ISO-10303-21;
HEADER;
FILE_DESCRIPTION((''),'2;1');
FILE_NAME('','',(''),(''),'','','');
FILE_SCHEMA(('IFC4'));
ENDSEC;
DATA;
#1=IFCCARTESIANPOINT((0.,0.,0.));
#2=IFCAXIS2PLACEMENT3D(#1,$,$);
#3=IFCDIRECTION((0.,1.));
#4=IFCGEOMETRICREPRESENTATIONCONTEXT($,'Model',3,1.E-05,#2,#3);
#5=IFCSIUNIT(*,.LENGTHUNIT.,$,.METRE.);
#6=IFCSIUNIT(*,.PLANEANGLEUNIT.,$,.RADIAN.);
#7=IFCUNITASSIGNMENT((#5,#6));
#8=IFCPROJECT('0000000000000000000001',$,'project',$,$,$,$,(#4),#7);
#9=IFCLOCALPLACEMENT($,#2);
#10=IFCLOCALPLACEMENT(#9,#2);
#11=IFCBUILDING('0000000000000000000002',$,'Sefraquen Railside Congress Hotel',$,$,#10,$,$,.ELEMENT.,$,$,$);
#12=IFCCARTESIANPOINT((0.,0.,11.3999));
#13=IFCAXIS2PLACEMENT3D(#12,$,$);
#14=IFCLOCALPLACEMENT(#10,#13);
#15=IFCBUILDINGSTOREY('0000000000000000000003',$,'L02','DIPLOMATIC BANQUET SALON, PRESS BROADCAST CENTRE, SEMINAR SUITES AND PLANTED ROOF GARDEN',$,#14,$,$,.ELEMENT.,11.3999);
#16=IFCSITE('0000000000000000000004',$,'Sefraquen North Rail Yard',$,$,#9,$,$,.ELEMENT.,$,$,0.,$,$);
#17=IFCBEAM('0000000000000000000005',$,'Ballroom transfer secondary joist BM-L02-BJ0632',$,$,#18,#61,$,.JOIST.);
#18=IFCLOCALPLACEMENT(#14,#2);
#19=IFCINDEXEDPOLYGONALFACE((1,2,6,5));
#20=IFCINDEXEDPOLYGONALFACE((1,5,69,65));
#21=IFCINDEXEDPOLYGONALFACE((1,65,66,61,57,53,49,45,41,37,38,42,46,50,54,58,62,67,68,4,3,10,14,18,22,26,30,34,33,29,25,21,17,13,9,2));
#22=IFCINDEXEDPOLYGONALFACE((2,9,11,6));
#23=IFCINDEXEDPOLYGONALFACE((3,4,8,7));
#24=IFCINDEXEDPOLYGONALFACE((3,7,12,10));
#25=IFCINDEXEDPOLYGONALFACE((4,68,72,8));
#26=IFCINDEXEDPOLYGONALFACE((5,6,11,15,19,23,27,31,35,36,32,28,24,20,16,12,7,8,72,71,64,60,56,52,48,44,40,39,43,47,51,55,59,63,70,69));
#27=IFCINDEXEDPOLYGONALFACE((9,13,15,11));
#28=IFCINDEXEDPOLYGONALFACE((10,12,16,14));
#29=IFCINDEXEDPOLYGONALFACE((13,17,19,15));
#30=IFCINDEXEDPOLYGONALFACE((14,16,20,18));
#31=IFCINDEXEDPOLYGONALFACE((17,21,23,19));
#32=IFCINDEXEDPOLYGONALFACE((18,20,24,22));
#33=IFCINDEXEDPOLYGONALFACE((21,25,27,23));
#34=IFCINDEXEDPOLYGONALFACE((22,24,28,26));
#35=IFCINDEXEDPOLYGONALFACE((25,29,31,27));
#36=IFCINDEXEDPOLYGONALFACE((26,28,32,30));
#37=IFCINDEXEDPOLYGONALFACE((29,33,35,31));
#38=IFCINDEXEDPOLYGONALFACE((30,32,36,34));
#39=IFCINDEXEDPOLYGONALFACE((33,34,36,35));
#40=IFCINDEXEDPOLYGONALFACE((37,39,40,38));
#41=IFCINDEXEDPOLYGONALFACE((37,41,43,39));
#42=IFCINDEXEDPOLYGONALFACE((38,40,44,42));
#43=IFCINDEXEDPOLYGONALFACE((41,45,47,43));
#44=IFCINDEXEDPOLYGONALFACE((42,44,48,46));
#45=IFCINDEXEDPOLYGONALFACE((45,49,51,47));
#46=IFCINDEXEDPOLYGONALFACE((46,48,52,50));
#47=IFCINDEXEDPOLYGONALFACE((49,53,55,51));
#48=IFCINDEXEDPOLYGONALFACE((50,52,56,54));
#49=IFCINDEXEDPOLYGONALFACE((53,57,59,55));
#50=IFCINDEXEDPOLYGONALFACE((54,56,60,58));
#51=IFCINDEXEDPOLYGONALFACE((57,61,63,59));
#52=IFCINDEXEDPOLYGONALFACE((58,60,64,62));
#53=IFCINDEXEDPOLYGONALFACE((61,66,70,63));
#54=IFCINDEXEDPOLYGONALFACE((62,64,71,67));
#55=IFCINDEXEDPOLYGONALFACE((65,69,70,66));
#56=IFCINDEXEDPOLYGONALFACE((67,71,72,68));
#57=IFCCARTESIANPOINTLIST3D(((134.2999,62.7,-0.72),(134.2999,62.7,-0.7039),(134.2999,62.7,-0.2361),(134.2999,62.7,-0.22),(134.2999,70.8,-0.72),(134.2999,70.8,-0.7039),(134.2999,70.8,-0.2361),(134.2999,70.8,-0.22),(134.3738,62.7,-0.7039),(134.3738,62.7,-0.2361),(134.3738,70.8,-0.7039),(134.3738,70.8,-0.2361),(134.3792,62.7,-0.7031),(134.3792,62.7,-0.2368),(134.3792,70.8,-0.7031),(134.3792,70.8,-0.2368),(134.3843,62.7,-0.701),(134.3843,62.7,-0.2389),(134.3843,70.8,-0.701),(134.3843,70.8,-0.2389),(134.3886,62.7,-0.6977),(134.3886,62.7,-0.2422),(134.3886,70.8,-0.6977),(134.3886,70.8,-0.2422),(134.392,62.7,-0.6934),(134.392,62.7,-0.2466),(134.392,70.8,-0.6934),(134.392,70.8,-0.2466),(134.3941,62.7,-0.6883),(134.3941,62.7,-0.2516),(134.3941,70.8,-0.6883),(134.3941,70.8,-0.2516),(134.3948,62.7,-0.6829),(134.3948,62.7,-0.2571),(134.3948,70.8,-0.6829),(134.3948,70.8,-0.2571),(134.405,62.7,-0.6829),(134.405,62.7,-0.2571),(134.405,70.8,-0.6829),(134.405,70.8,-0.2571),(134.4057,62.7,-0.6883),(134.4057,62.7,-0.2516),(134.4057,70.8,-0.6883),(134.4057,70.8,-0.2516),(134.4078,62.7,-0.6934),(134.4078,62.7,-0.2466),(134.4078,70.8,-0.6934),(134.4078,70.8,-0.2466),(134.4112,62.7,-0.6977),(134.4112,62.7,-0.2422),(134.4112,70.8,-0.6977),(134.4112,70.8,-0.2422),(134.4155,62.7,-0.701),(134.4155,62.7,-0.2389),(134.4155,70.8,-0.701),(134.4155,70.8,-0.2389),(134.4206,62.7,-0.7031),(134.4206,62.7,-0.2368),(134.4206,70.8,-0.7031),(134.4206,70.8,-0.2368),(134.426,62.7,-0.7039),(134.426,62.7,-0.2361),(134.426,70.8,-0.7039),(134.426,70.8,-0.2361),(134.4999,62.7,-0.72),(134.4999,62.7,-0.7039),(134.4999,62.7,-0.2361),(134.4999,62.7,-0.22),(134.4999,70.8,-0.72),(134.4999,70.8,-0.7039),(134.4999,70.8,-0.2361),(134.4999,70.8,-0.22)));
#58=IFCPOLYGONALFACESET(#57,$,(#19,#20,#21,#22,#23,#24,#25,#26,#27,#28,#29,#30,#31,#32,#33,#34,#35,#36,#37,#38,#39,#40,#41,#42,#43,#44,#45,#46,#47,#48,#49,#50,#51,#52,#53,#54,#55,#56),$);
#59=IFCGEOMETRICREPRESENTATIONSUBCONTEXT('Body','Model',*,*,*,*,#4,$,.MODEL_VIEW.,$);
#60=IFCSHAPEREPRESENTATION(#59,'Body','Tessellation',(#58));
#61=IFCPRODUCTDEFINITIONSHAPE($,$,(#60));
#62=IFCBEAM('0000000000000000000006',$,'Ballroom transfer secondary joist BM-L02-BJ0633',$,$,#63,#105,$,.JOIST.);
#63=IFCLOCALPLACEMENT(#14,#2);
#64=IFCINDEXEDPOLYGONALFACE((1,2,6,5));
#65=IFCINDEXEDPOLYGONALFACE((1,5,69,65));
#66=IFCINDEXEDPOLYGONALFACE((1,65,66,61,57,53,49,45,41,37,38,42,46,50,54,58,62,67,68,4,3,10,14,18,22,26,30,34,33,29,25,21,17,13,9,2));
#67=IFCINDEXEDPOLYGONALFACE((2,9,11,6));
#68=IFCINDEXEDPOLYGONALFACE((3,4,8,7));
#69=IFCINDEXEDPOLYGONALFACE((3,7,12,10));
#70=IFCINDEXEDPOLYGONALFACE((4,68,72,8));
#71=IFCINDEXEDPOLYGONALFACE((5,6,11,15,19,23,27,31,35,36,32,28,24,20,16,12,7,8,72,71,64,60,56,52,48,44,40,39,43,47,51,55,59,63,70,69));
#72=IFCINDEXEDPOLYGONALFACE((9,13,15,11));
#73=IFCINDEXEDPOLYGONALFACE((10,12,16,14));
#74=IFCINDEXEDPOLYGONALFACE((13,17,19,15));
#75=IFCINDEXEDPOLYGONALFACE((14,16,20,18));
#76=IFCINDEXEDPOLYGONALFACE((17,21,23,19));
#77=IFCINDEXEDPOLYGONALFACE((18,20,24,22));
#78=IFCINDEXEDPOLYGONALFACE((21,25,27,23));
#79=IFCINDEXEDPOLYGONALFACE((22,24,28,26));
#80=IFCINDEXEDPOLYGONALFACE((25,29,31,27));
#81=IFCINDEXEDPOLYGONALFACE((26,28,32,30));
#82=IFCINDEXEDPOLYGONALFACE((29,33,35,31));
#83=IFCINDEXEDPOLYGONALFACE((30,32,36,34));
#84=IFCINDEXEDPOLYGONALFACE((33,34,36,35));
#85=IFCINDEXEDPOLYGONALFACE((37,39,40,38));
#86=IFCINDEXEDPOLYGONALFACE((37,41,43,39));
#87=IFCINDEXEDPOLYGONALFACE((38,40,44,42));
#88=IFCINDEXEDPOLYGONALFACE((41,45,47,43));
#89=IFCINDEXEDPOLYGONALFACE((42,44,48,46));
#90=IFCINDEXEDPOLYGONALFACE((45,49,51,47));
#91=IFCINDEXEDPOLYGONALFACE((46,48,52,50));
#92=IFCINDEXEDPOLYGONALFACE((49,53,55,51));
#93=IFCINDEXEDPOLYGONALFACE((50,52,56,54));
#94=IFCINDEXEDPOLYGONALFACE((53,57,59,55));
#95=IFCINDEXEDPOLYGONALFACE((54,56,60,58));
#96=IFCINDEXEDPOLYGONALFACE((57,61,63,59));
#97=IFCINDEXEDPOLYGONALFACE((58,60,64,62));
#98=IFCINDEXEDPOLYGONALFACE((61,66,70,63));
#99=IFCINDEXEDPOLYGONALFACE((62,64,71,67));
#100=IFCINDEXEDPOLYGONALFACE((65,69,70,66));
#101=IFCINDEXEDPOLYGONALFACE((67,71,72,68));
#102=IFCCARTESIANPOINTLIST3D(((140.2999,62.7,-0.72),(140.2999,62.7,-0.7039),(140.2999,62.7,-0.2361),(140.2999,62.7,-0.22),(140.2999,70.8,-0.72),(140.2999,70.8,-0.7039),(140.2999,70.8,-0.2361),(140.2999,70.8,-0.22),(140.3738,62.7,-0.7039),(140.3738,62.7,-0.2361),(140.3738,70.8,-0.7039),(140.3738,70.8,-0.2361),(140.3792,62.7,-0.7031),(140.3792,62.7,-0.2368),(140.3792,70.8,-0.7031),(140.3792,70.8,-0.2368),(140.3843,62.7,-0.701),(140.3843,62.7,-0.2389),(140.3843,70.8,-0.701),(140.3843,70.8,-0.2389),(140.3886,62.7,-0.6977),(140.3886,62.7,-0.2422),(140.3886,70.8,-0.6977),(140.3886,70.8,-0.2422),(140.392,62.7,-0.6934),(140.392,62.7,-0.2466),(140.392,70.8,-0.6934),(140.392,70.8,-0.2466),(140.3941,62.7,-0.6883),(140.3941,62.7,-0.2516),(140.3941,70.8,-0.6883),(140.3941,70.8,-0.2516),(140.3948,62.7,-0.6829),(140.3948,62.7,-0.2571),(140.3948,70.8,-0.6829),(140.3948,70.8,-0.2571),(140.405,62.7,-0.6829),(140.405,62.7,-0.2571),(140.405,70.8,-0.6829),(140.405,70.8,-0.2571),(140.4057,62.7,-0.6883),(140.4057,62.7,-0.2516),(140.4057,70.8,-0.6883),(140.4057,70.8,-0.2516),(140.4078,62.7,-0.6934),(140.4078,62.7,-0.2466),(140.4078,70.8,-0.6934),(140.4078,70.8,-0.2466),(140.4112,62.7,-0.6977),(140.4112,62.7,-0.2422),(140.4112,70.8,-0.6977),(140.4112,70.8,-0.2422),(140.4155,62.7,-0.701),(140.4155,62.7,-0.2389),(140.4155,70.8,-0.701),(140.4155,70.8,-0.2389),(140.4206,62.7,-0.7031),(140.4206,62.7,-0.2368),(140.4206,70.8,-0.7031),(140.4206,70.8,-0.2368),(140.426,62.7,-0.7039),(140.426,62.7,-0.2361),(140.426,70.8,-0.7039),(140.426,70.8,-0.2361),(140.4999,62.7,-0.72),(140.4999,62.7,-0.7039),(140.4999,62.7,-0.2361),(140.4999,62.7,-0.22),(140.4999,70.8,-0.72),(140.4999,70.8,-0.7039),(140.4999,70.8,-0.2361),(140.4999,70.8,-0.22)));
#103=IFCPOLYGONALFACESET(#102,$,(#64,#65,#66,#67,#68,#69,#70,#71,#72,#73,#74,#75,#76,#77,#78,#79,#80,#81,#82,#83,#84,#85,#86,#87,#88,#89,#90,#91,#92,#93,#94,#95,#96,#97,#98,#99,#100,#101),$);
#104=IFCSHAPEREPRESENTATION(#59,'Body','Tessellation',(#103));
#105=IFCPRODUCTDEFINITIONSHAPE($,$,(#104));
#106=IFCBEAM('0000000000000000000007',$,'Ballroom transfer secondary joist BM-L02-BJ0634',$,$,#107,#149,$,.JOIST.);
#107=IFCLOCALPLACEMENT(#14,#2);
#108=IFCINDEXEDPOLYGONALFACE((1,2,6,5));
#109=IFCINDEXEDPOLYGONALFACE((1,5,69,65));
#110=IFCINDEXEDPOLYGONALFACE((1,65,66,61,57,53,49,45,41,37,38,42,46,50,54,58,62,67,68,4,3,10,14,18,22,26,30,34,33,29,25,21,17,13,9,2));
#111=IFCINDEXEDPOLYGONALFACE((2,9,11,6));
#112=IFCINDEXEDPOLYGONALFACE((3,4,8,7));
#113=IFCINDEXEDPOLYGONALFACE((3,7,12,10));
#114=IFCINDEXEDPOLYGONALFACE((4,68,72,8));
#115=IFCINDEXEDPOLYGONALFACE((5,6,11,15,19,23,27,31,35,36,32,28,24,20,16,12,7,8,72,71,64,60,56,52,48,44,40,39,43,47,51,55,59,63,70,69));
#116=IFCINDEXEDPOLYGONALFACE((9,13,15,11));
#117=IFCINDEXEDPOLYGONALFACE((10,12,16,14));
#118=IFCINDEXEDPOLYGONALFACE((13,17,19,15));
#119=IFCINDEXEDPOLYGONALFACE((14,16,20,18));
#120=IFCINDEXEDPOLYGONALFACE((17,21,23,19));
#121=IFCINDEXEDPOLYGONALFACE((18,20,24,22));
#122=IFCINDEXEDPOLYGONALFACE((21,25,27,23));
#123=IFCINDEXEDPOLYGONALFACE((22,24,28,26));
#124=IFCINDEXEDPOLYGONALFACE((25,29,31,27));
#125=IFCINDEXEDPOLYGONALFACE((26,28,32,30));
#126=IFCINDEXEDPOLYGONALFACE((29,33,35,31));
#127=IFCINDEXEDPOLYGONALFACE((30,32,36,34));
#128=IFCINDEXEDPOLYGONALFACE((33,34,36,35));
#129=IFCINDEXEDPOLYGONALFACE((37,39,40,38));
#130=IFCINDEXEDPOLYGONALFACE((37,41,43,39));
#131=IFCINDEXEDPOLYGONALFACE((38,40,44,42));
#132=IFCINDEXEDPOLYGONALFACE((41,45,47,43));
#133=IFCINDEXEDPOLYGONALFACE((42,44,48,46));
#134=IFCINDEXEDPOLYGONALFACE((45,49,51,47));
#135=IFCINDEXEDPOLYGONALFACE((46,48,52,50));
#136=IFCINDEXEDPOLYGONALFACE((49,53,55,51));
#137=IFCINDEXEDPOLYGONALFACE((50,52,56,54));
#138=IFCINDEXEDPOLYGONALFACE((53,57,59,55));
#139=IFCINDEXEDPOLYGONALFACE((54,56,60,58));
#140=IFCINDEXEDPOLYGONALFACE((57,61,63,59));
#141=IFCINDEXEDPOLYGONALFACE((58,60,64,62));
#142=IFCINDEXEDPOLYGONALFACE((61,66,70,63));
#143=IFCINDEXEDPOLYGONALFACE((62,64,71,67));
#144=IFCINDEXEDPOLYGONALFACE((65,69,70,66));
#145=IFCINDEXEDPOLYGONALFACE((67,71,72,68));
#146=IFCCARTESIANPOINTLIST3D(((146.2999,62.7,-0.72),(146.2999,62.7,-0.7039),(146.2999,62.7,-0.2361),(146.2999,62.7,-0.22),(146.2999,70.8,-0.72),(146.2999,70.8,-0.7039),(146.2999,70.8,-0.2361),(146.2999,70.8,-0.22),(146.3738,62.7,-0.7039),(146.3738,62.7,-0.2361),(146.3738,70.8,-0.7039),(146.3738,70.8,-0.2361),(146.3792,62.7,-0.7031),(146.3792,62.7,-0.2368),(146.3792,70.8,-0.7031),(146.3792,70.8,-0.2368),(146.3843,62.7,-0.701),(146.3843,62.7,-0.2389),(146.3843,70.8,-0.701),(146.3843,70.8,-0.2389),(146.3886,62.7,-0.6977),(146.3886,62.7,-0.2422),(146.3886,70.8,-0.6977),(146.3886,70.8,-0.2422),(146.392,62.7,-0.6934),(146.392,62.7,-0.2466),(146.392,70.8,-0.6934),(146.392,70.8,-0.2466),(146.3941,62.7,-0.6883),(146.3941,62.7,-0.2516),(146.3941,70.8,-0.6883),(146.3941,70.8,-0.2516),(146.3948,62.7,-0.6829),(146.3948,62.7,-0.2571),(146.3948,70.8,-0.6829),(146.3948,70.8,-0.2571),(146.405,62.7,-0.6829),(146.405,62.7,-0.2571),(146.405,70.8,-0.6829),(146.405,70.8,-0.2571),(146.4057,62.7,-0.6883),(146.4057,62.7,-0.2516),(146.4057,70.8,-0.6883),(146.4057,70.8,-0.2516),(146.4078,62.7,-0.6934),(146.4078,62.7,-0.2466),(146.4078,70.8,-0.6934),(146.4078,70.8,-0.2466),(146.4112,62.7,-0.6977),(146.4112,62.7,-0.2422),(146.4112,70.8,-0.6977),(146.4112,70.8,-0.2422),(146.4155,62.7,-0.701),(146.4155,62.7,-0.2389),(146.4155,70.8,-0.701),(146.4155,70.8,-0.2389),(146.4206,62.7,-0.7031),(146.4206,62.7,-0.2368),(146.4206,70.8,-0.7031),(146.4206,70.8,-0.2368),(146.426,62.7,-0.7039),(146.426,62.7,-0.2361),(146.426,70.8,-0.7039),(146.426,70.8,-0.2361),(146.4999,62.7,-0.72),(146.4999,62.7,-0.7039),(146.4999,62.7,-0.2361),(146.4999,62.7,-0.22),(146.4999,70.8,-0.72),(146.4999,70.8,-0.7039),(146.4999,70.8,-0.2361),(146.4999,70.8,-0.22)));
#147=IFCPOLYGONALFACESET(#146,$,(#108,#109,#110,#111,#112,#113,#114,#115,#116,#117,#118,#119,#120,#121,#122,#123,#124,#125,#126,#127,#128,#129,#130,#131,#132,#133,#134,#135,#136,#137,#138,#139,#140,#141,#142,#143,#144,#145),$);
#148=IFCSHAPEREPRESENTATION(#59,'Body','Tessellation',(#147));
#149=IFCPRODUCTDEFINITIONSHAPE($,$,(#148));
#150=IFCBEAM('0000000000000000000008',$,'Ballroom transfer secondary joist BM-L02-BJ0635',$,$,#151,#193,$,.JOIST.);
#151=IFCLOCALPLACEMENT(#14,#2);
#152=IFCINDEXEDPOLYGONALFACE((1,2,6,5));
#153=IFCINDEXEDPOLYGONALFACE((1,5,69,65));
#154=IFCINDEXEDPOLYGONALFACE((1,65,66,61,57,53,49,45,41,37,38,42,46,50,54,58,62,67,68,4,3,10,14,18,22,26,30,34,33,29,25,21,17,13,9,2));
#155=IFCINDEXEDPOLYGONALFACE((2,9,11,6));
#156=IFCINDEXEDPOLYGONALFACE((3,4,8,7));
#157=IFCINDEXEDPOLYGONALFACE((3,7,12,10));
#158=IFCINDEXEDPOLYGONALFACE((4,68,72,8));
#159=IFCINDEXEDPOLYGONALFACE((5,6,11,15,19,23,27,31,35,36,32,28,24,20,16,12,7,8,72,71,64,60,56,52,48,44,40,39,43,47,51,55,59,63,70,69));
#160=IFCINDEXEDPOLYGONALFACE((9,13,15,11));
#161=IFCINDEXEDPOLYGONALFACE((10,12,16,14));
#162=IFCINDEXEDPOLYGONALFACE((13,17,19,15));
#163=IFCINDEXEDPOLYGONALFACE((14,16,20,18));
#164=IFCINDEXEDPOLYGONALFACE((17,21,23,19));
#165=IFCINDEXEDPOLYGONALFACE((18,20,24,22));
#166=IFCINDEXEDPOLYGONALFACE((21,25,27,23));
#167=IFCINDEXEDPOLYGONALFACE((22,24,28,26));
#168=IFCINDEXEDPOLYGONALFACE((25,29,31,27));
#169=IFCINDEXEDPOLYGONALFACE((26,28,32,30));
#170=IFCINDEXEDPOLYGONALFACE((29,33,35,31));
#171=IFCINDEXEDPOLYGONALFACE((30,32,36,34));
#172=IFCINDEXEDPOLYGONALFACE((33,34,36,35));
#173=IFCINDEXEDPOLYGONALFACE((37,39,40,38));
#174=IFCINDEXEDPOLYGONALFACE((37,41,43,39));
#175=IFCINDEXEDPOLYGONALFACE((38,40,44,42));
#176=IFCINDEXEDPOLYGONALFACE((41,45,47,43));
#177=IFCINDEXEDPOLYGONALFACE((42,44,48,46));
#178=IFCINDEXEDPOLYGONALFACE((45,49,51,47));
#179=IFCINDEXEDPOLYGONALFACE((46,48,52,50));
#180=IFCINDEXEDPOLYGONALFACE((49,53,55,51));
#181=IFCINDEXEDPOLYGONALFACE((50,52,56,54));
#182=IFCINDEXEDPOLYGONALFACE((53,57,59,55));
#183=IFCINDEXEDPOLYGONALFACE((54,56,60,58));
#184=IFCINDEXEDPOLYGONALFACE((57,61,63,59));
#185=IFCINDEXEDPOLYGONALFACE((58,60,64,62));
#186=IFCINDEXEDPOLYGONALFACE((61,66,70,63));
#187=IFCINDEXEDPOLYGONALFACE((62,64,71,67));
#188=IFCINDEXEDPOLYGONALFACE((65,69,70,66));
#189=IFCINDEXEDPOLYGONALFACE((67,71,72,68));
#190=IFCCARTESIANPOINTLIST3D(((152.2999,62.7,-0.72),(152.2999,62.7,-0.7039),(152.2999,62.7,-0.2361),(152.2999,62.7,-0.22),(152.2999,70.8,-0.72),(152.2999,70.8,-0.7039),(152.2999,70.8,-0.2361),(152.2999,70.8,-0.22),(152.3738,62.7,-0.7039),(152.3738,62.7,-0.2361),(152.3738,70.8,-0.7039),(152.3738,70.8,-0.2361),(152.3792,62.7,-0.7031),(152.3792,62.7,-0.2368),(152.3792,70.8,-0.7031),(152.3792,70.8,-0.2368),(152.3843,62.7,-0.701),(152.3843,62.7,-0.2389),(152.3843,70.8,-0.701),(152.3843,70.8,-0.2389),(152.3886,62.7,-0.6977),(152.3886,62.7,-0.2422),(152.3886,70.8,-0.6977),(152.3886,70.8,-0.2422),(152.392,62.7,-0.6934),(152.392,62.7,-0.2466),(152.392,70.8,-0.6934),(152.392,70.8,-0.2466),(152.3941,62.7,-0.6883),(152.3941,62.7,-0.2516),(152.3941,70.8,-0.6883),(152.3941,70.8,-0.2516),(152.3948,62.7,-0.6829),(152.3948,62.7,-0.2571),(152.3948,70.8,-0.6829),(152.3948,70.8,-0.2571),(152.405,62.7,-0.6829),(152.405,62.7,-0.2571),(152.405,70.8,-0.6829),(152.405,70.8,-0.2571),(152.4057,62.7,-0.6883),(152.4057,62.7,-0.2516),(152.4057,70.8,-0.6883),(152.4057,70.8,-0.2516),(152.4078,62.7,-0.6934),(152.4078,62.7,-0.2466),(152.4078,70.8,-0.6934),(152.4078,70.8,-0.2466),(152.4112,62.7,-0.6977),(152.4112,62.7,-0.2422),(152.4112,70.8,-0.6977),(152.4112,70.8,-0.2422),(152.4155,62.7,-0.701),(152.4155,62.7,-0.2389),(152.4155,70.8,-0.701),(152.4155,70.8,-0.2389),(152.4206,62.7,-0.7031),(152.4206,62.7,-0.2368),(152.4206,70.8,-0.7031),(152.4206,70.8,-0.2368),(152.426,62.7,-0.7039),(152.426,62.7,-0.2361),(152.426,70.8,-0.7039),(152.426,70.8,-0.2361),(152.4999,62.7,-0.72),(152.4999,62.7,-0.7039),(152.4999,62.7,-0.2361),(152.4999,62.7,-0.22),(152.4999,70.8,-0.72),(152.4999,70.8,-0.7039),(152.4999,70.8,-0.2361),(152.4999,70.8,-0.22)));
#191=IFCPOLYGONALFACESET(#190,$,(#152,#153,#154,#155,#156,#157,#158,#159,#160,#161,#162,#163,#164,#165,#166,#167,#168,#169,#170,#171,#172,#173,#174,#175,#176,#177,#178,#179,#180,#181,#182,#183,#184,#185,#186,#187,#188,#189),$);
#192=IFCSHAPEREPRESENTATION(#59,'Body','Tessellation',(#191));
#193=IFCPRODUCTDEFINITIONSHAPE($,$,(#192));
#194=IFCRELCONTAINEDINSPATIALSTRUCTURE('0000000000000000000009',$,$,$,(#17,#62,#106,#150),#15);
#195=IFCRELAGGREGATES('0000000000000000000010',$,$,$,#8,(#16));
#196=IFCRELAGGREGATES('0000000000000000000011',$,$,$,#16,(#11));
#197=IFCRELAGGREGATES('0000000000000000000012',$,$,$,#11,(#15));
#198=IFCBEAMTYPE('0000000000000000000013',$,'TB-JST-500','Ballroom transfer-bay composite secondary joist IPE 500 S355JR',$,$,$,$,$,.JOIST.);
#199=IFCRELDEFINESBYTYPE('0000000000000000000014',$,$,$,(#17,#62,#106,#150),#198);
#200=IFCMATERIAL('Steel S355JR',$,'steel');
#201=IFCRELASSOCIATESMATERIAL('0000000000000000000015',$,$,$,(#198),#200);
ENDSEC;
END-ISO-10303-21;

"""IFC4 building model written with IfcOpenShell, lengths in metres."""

from ifc_helpers import new_model, si_unit, direction, frame, origin, origin_2d, place, context, subcontext, project, spatial, i_section, extrude, material, material_profile, profile_set, type_object, element, save


model = new_model("IFC4")

# Units and contexts
model_context = context("Model", 3, precision=1e-05, world=origin(), true_north=direction((0.0, 1.0)))
body_context = subcontext(model_context, "Body", "Model", "MODEL_VIEW")
ifc_project = project(units=[si_unit("LENGTHUNIT", "METRE"), si_unit("PLANEANGLEUNIT", "RADIAN")], contexts=[model_context])

# Site, building, storey
site_placement = place(None, origin())
site = spatial("IfcSite", under=ifc_project, at=site_placement, Name="Sefraquen North Rail Yard", CompositionType="ELEMENT", RefElevation=0.0)
building_placement = place(site_placement, origin())
building = spatial("IfcBuilding", under=site, at=building_placement, Name="Sefraquen Railside Congress Hotel", CompositionType="ELEMENT")
storey_placement = place(building_placement, frame((0.0, 0.0, 11.3999)))
storey = spatial("IfcBuildingStorey", under=building, at=storey_placement, Name="L02", Description="DIPLOMATIC BANQUET SALON, PRESS BROADCAST CENTRE, SEMINAR SUITES AND PLANTED ROOF GARDEN", CompositionType="ELEMENT", Elevation=11.3999)

# Shared definitions
ifc_material_1 = material(Name="Steel S355JR", Category="steel")

# Beams
ifc_material_profile_1 = material_profile(ifc_material_1, i_section(OverallWidth=0.2, OverallDepth=0.5, WebThickness=0.0103, FlangeThickness=0.0161, FilletRadius=0.021, at=origin_2d()), Name="IPE 500")
ifc_profile_set_1 = profile_set([ifc_material_profile_1], Name="Steel S355JR")
beam_type_1 = type_object("IfcBeamType", Name="TB-JST-500", Description="Ballroom transfer-bay composite secondary joist IPE 500 S355JR", PredefinedType="JOIST", material=ifc_profile_set_1)
for number, where, z_axis, x_axis, name in (
    (1, (134.3999, 62.7, -0.47), (0.0, 1.0, 0.0), (-1.0, 0.0, 0.0), "Ballroom transfer secondary joist BM-L02-BJ0632"),
    (2, (140.3999, 62.7, -0.47), (0.0, 1.0, 0.0), (-1.0, 0.0, 0.0), "Ballroom transfer secondary joist BM-L02-BJ0633"),
    (3, (146.3999, 62.7, -0.47), (0.0, 1.0, 0.0), (-1.0, 0.0, 0.0), "Ballroom transfer secondary joist BM-L02-BJ0634"),
    (4, (152.3999, 62.7, -0.47), (0.0, 1.0, 0.0), (-1.0, 0.0, 0.0), "Ballroom transfer secondary joist BM-L02-BJ0635"),
):
    element("IfcBeam", number, at=place(storey_placement, frame(where, z_axis=z_axis, x_axis=x_axis)), inside=storey, type_object=beam_type_1, Name=name, PredefinedType="JOIST", context=body_context, shape_type="SweptSolid", body=[
        extrude(i_section(OverallWidth=0.2, OverallDepth=0.5, WebThickness=0.0103, FlangeThickness=0.0161, FilletRadius=0.021, at=origin_2d()), origin(), (0.0, 0.0, 1.0), 8.1001),
    ])

save(model, "model.ifc")
